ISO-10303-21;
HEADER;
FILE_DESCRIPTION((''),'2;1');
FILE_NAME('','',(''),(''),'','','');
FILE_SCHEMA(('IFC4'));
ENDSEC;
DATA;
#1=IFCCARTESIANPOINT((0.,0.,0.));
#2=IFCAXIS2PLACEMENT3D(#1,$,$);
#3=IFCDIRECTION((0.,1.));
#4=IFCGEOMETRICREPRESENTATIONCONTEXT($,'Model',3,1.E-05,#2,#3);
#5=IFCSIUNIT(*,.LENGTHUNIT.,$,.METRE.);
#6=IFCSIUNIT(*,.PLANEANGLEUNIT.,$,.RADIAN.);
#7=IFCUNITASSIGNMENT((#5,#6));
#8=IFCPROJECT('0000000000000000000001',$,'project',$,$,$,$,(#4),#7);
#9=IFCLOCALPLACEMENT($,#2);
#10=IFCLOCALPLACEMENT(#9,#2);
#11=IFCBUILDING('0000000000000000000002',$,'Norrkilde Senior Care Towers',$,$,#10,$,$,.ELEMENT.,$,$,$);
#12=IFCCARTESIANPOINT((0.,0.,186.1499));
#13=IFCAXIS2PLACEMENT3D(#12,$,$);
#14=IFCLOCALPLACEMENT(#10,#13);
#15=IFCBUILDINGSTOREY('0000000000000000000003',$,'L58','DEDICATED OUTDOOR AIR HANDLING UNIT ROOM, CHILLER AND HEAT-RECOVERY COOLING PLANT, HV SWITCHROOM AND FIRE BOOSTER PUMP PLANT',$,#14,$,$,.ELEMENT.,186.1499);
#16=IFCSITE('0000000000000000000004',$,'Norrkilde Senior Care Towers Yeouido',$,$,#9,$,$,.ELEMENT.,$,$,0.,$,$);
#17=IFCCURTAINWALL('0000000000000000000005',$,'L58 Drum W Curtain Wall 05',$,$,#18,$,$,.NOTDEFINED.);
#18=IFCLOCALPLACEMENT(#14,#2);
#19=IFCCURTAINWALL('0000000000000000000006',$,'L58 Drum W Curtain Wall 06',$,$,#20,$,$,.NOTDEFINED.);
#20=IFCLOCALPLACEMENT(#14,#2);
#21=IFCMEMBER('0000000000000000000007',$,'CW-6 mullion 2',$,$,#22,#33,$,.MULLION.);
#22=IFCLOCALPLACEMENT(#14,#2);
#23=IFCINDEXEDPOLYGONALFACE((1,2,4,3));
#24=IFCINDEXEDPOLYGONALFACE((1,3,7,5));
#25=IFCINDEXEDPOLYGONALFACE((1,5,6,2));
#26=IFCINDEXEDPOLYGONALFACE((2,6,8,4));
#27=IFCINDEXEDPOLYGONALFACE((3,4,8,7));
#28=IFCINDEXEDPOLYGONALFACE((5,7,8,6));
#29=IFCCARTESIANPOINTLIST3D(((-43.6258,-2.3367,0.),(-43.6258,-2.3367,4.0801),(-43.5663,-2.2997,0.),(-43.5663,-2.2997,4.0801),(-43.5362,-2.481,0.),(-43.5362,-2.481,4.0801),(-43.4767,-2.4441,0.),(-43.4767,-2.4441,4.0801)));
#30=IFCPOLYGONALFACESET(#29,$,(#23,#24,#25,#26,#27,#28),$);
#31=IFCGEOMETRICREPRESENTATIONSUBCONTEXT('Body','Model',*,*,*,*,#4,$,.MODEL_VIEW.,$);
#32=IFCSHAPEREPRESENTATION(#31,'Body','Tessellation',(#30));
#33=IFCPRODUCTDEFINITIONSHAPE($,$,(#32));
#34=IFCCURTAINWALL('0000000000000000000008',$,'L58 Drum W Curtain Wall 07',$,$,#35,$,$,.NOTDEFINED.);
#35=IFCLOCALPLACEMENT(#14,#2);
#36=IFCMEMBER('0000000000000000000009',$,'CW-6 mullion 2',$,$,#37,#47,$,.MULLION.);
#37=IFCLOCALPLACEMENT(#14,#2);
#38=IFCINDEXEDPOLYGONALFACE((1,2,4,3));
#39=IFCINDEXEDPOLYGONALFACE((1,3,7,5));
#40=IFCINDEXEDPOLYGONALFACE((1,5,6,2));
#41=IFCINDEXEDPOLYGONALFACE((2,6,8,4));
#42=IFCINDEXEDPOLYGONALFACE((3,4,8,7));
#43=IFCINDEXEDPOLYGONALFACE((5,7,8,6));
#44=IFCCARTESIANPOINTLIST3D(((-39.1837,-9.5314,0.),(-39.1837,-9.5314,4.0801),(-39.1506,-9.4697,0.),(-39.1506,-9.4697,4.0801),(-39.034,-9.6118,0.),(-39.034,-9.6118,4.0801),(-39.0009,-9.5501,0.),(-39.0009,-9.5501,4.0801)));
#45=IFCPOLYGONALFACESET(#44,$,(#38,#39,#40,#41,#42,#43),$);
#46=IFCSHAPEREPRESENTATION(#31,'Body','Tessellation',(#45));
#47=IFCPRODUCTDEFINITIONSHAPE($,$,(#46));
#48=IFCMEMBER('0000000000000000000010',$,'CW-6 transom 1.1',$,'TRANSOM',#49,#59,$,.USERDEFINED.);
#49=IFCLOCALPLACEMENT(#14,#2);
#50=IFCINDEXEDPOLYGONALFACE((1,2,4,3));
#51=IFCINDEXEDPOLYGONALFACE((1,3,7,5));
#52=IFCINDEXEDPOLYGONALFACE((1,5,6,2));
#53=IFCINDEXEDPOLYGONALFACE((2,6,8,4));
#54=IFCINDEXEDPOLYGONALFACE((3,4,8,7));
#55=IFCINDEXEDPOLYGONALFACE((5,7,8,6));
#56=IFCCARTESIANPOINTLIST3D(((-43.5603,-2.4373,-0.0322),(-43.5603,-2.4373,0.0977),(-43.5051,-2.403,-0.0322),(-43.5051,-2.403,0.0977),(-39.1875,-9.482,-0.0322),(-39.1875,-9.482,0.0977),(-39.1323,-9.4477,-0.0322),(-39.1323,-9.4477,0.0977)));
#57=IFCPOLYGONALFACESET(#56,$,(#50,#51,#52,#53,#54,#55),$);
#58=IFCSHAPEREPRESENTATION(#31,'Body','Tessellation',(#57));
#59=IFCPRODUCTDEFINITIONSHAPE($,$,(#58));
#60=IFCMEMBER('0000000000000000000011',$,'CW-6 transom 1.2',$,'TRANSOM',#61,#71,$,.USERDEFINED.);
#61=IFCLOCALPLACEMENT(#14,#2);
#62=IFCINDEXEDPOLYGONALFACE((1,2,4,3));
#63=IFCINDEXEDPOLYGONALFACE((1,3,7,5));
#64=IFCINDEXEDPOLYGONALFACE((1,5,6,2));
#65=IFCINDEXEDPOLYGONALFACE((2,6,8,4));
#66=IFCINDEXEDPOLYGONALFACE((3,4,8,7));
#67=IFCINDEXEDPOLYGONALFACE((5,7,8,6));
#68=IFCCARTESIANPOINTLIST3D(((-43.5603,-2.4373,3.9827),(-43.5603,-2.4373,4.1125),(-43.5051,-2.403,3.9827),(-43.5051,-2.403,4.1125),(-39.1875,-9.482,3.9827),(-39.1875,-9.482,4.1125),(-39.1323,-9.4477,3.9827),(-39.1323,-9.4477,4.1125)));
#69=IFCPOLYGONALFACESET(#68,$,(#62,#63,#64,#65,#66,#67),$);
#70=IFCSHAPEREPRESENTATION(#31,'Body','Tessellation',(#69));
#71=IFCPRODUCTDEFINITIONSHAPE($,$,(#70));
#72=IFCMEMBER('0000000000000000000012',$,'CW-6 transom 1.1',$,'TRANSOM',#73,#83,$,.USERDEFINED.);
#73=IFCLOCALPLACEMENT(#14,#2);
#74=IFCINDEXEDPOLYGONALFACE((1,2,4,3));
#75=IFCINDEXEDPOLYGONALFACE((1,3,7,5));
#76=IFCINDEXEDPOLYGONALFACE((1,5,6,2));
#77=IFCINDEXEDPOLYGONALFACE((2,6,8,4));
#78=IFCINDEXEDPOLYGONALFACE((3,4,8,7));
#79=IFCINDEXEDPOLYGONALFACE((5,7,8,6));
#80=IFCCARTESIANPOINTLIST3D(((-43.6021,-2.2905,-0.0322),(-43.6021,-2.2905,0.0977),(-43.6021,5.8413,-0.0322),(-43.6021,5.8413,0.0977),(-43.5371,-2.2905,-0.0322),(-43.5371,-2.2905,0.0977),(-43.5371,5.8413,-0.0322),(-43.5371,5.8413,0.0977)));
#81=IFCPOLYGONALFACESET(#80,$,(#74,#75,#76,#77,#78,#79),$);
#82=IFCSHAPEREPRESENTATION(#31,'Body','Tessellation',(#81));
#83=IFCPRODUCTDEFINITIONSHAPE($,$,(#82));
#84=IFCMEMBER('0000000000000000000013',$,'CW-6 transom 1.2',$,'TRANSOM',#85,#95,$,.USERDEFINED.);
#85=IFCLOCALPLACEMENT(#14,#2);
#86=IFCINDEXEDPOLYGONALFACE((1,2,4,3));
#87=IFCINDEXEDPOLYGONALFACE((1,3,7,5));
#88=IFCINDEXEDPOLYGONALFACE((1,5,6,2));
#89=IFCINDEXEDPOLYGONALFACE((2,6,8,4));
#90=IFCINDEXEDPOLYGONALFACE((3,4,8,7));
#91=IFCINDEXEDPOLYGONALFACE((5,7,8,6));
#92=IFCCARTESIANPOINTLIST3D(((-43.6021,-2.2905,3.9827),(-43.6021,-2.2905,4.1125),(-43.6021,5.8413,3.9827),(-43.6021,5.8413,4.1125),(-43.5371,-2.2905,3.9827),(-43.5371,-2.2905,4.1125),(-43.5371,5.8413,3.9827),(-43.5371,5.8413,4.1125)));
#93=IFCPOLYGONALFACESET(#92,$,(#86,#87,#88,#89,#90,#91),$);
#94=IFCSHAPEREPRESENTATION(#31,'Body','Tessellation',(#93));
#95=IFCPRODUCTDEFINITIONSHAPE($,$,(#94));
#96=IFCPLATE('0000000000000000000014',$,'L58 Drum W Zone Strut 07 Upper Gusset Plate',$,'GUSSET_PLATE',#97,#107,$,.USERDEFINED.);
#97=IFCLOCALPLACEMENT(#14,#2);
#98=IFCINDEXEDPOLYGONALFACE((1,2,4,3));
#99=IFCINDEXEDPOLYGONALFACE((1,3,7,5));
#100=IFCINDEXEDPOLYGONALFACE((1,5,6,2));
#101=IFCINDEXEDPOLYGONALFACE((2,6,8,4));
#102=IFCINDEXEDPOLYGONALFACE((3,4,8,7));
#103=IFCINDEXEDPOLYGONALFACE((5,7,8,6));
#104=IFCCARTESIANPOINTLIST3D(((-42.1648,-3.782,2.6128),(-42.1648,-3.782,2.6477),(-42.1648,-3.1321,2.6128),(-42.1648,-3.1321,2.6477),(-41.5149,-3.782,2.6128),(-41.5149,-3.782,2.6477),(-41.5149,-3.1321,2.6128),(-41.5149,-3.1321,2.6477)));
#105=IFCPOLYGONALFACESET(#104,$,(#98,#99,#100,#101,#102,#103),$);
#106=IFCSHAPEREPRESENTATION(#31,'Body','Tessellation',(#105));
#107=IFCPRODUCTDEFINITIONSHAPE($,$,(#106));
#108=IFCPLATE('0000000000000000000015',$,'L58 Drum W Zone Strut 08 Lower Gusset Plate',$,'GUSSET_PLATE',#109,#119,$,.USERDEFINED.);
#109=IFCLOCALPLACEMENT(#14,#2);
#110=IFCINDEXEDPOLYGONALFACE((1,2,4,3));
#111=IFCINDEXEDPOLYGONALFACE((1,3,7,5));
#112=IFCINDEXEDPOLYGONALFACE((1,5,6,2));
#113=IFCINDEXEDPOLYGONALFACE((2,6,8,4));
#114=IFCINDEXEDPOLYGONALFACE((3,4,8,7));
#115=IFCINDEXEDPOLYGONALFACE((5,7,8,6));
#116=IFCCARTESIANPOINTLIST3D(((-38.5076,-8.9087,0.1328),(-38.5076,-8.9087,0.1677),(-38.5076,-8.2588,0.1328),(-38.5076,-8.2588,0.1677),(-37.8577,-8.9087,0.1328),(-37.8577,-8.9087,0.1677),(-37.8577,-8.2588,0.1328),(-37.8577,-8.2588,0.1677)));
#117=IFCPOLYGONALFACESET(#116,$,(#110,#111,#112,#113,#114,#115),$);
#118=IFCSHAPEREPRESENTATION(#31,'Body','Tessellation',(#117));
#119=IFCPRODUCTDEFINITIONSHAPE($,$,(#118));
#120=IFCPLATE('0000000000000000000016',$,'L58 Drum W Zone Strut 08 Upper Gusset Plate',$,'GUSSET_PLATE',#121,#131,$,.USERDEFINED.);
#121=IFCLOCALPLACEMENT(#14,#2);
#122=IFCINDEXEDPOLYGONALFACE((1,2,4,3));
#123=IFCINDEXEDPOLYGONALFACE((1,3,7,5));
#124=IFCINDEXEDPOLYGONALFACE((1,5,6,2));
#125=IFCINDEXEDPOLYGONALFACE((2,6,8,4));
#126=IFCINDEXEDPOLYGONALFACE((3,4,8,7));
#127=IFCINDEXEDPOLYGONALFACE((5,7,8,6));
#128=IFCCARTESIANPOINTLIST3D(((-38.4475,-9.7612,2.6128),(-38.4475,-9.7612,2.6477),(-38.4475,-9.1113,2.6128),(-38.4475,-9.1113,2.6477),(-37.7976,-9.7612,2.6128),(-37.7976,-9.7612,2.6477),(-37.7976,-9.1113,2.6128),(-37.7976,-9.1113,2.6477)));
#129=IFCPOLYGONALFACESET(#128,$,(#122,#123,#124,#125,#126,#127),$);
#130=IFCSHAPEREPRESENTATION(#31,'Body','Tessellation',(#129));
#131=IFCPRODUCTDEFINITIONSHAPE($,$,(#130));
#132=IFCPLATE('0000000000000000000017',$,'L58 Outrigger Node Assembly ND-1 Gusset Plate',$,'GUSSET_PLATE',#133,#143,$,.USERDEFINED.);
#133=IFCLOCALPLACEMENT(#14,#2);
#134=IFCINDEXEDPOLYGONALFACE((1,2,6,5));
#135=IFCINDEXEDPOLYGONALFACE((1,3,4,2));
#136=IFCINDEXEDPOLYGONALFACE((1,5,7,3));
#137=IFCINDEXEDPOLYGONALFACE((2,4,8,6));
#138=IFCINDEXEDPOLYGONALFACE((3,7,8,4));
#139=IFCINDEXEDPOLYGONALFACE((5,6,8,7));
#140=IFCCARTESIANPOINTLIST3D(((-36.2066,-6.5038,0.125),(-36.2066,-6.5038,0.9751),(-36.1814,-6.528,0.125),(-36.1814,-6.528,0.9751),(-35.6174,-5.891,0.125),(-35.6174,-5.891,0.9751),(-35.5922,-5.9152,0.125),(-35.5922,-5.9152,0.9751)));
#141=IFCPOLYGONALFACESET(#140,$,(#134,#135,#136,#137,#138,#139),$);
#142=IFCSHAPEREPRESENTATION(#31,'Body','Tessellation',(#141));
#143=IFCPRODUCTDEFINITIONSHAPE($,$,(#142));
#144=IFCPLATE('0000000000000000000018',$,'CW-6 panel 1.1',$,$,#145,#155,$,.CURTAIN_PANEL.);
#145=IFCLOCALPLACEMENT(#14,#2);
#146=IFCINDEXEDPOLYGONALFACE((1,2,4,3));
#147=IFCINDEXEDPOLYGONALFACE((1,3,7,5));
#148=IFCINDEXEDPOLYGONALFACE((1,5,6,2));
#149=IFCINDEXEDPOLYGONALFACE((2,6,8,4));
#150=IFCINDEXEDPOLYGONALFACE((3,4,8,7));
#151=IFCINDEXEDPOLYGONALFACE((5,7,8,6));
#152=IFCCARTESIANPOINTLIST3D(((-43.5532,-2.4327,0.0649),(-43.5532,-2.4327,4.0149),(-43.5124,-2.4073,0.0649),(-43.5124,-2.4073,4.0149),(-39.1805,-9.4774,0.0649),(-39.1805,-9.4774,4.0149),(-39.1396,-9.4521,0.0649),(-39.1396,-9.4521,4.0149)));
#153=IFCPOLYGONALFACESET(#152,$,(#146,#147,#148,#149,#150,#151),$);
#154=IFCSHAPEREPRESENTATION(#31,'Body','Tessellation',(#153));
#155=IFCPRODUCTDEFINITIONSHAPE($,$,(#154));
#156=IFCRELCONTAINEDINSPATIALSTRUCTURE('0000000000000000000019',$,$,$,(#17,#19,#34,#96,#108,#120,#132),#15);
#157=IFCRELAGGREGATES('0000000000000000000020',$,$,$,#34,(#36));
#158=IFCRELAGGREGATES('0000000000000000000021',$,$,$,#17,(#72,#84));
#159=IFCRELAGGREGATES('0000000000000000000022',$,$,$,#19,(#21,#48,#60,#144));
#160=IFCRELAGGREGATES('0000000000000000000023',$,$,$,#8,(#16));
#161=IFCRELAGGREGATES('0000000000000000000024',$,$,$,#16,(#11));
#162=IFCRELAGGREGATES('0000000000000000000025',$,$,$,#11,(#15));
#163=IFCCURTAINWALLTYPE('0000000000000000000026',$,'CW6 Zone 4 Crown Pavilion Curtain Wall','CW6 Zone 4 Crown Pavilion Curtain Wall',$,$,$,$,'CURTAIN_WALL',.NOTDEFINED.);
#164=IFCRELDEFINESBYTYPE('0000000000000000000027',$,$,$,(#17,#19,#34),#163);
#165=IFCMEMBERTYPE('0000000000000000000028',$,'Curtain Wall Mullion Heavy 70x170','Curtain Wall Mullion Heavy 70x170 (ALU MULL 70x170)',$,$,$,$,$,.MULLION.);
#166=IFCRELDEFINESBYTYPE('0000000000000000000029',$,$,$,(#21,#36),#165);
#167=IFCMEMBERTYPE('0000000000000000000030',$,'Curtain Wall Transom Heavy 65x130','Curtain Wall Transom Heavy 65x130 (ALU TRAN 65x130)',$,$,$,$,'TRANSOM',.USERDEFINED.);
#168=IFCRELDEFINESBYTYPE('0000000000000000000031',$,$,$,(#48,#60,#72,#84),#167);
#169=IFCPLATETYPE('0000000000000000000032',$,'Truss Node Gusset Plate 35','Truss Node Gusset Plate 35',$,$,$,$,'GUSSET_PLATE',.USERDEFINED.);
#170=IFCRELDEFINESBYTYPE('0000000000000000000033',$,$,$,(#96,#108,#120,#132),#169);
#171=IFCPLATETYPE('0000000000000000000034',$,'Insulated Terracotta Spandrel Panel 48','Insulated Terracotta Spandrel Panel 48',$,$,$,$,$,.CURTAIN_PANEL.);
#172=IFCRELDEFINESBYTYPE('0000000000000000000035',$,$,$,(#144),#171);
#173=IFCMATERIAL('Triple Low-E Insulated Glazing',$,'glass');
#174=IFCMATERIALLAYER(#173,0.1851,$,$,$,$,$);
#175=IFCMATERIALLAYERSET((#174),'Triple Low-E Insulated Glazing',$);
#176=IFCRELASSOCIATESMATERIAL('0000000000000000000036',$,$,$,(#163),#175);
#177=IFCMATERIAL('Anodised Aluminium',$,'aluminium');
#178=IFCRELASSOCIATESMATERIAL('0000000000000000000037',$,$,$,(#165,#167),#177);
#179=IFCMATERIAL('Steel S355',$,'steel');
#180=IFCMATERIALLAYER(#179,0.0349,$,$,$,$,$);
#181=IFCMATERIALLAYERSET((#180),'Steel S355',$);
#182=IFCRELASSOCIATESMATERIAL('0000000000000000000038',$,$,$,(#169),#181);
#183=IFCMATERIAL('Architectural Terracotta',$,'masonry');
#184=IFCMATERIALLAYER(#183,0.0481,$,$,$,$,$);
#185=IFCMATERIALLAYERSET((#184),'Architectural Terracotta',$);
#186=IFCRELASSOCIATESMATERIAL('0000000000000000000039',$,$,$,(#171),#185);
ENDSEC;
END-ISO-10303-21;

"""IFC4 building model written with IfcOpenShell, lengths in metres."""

from ifc_helpers import new_model, si_unit, direction, frame, origin, origin_2d, place, context, subcontext, project, spatial, rectangle, extrude, source, transform, mapped, material, layer, layer_set, material_profile, profile_set, type_object, type_shapes, element, aggregate, save


model = new_model("IFC4")

# Units and contexts
model_context = context("Model", 3, precision=1e-05, world=origin(), true_north=direction((0.0, 1.0)))
body_context = subcontext(model_context, "Body", "Model", "MODEL_VIEW")
ifc_project = project(units=[si_unit("LENGTHUNIT", "METRE"), si_unit("PLANEANGLEUNIT", "RADIAN")], contexts=[model_context])

# Site, building, storey
site_placement = place(None, origin())
site = spatial("IfcSite", under=ifc_project, at=site_placement, Name="Norrkilde Senior Care Towers Yeouido", CompositionType="ELEMENT", RefElevation=0.0)
building_placement = place(site_placement, origin())
building = spatial("IfcBuilding", under=site, at=building_placement, Name="Norrkilde Senior Care Towers", CompositionType="ELEMENT")
storey_placement = place(building_placement, frame((0.0, 0.0, 186.1499)))
storey = spatial("IfcBuildingStorey", under=building, at=storey_placement, Name="L58", Description="DEDICATED OUTDOOR AIR HANDLING UNIT ROOM, CHILLER AND HEAT-RECOVERY COOLING PLANT, HV SWITCHROOM AND FIRE BOOSTER PUMP PLANT", CompositionType="ELEMENT", Elevation=186.1499)

# Shared definitions
ifc_material_1 = material(Name="Steel S355", Category="steel")

# Curtain wall
ifc_material_2 = material(Name="Triple Low-E Insulated Glazing", Category="glass")
ifc_layer_1 = layer(ifc_material_2, 0.1851)
ifc_layer_set_1 = layer_set([ifc_layer_1], Name="Triple Low-E Insulated Glazing")
curtain_wall_type = type_object("IfcCurtainWallType", Name="CW6 Zone 4 Crown Pavilion Curtain Wall", Description="CW6 Zone 4 Crown Pavilion Curtain Wall", ElementType="CURTAIN_WALL", PredefinedType="NOTDEFINED", material=ifc_layer_set_1)
curtain_wall_1_placement = place(storey_placement, origin())
curtain_wall_1 = element("IfcCurtainWall", 1, at=curtain_wall_1_placement, inside=storey, type_object=curtain_wall_type, Name="L58 Drum W Curtain Wall 05", PredefinedType="NOTDEFINED")
ifc_material_3 = material(Name="Anodised Aluminium", Category="aluminium")
ifc_material_profile_1 = material_profile(ifc_material_3, rectangle(XDim=0.0701, YDim=0.1699, at=origin_2d()), Name="ALU MULL 70x170")
ifc_profile_set_1 = profile_set([ifc_material_profile_1], Name="Anodised Aluminium")
member_type_1 = type_object("IfcMemberType", Name="Curtain Wall Mullion Heavy 70x170", Description="Curtain Wall Mullion Heavy 70x170 (ALU MULL 70x170)", PredefinedType="MULLION", material=ifc_profile_set_1)
shared_shape_1 = source(origin(), body_context, "Body", "SweptSolid", [
    extrude(rectangle(XDim=0.0701, YDim=0.1699, at=origin_2d()), origin(), (0.0, 0.0, 1.0), 4.0801),
])
type_shapes(member_type_1, [shared_shape_1])

# Curtain wall, member
curtain_wall_2_placement = place(storey_placement, origin())
curtain_wall_2 = element("IfcCurtainWall", 2, at=curtain_wall_2_placement, inside=storey, type_object=curtain_wall_type, Name="L58 Drum W Curtain Wall 06", PredefinedType="NOTDEFINED")
member_1_placement = place(storey_placement, frame((-43.5513, -2.3904, 0.0), z_axis=(0.0, 0.0, 1.0), x_axis=(-0.849634, -0.527373, 0.0)))
member_1 = element("IfcMember", 3, at=member_1_placement, type_object=member_type_1, Name="CW-6 mullion 2", PredefinedType="MULLION", context=body_context, shape_type="MappedRepresentation", body=[
    mapped(shared_shape_1, transform((0.0, 0.0, 0.0), x_axis=(1.0, 0.0, 0.0), y_axis=(0.0, 1.0, 0.0), z_axis=(0.0, 0.0, 1.0), scale=1.0)),
])

# Curtain wall, member
curtain_wall_3_placement = place(storey_placement, origin())
curtain_wall_3 = element("IfcCurtainWall", 4, at=curtain_wall_3_placement, inside=storey, type_object=curtain_wall_type, Name="L58 Drum W Curtain Wall 07", PredefinedType="NOTDEFINED")
member_2_placement = place(storey_placement, frame((-39.0923, -9.5408, 0.0), z_axis=(0.0, 0.0, 1.0), x_axis=(-0.473117, -0.881, 0.0)))
member_2 = element("IfcMember", 5, at=member_2_placement, type_object=member_type_1, Name="CW-6 mullion 2", PredefinedType="MULLION", context=body_context, shape_type="MappedRepresentation", body=[
    mapped(shared_shape_1, transform((0.0, 0.0, 0.0), x_axis=(1.0, 0.0, 0.0), y_axis=(0.0, 1.0, 0.0), z_axis=(0.0, 0.0, 1.0), scale=1.0)),
])
aggregate(curtain_wall_3, [member_2])

# Members
ifc_material_profile_2 = material_profile(ifc_material_3, rectangle(XDim=0.0649, YDim=0.1299, at=origin_2d()), Name="ALU TRAN 65x130")
ifc_profile_set_2 = profile_set([ifc_material_profile_2], Name="Anodised Aluminium")
member_type_2 = type_object("IfcMemberType", Name="Curtain Wall Transom Heavy 65x130", Description="Curtain Wall Transom Heavy 65x130 (ALU TRAN 65x130)", ElementType="TRANSOM", PredefinedType="USERDEFINED", material=ifc_profile_set_2)
shared_shape_2 = source(origin(), body_context, "Body", "SweptSolid", [
    extrude(rectangle(XDim=0.0649, YDim=0.1299, at=origin_2d()), origin(), (0.0, 0.0, 1.0), 8.2915),
])
member_3_placement = place(storey_placement, frame((-39.1599, -9.4648, 0.0327), z_axis=(-0.527384, 0.849627, 0.0), x_axis=(-0.849627, -0.527384, 0.0)))
member_3 = element("IfcMember", 6, at=member_3_placement, type_object=member_type_2, Name="CW-6 transom 1.1", ObjectType="TRANSOM", PredefinedType="USERDEFINED", context=body_context, shape_type="MappedRepresentation", body=[
    mapped(shared_shape_2, transform((0.0, 0.0, 0.0), x_axis=(1.0, 0.0, 0.0), y_axis=(0.0, 1.0, 0.0), z_axis=(0.0, 0.0, 1.0), scale=1.0)),
])
member_4_placement = place(storey_placement, frame((-39.1599, -9.4648, 4.0476), z_axis=(-0.527384, 0.849627, 0.0), x_axis=(-0.849627, -0.527384, 0.0)))
member_4 = element("IfcMember", 7, at=member_4_placement, type_object=member_type_2, Name="CW-6 transom 1.2", ObjectType="TRANSOM", PredefinedType="USERDEFINED", context=body_context, shape_type="MappedRepresentation", body=[
    mapped(shared_shape_2, transform((0.0, 0.0, 0.0), x_axis=(1.0, 0.0, 0.0), y_axis=(0.0, 1.0, 0.0), z_axis=(0.0, 0.0, 1.0), scale=1.0)),
])
shared_shape_3 = source(origin(), body_context, "Body", "SweptSolid", [
    extrude(rectangle(XDim=0.0649, YDim=0.1299, at=origin_2d()), origin(), (0.0, 0.0, 1.0), 8.1318),
])
type_shapes(member_type_2, [shared_shape_2, shared_shape_3])
member_5_placement = place(storey_placement, frame((-43.5696, -2.2905, 0.0327), z_axis=(0.0, 1.0, 0.0), x_axis=(-1.0, 0.0, 0.0)))
member_5 = element("IfcMember", 8, at=member_5_placement, type_object=member_type_2, Name="CW-6 transom 1.1", ObjectType="TRANSOM", PredefinedType="USERDEFINED", context=body_context, shape_type="MappedRepresentation", body=[
    mapped(shared_shape_3, transform((0.0, 0.0, 0.0), x_axis=(1.0, 0.0, 0.0), y_axis=(0.0, 1.0, 0.0), z_axis=(0.0, 0.0, 1.0), scale=1.0)),
])
member_6_placement = place(storey_placement, frame((-43.5696, -2.2905, 4.0476), z_axis=(0.0, 1.0, 0.0), x_axis=(-1.0, 0.0, 0.0)))
member_6 = element("IfcMember", 9, at=member_6_placement, type_object=member_type_2, Name="CW-6 transom 1.2", ObjectType="TRANSOM", PredefinedType="USERDEFINED", context=body_context, shape_type="MappedRepresentation", body=[
    mapped(shared_shape_3, transform((0.0, 0.0, 0.0), x_axis=(1.0, 0.0, 0.0), y_axis=(0.0, 1.0, 0.0), z_axis=(0.0, 0.0, 1.0), scale=1.0)),
])
aggregate(curtain_wall_1, [member_5, member_6])

# Plates
ifc_layer_2 = layer(ifc_material_1, 0.0349)
ifc_layer_set_2 = layer_set([ifc_layer_2], Name="Steel S355")
plate_type_1 = type_object("IfcPlateType", Name="Truss Node Gusset Plate 35", Description="Truss Node Gusset Plate 35", ElementType="GUSSET_PLATE", PredefinedType="USERDEFINED", material=ifc_layer_set_2)
shared_shape_4 = source(origin(), body_context, "Body", "SweptSolid", [
    extrude(rectangle(XDim=0.6499, YDim=0.6499, at=origin_2d()), origin(), (0.0, 0.0, 1.0), 0.0349),
])
for number, where, z_axis, x_axis, name in (
    (10, (-41.8398, -3.457, 2.6128), (0.0, 0.0, 1.0), (1.0, 0.0, 0.0), "L58 Drum W Zone Strut 07 Upper Gusset Plate"),
    (11, (-38.1826, -8.5837, 0.1328), (0.0, 0.0, 1.0), (1.0, 0.0, 0.0), "L58 Drum W Zone Strut 08 Lower Gusset Plate"),
    (12, (-38.1226, -9.4363, 2.6128), (0.0, 0.0, 1.0), (1.0, 0.0, 0.0), "L58 Drum W Zone Strut 08 Upper Gusset Plate"),
):
    element("IfcPlate", number, at=place(storey_placement, frame(where, z_axis=z_axis, x_axis=x_axis)), inside=storey, type_object=plate_type_1, Name=name, ObjectType="GUSSET_PLATE", PredefinedType="USERDEFINED", context=body_context, shape_type="MappedRepresentation", body=[
        mapped(shared_shape_4, transform((0.0, 0.0, 0.0), x_axis=(1.0, 0.0, 0.0), y_axis=(0.0, 1.0, 0.0), z_axis=(0.0, 0.0, 1.0), scale=1.0)),
    ])
shared_shape_5 = source(origin(), body_context, "Body", "SweptSolid", [
    extrude(rectangle(XDim=0.8501, YDim=0.0349, at=origin_2d()), origin(), (0.0, 0.0, 1.0), 0.8501),
])
type_shapes(plate_type_1, [shared_shape_4, shared_shape_5])
plate_1_placement = place(storey_placement, frame((-35.8994, -6.2095, 0.125), z_axis=(0.0, 0.0, 1.0), x_axis=(-0.693134, -0.720809, 0.0)))
element("IfcPlate", 13, at=plate_1_placement, inside=storey, type_object=plate_type_1, Name="L58 Outrigger Node Assembly ND-1 Gusset Plate", ObjectType="GUSSET_PLATE", PredefinedType="USERDEFINED", context=body_context, shape_type="MappedRepresentation", body=[
    mapped(shared_shape_5, transform((0.0, 0.0, 0.0), x_axis=(1.0, 0.0, 0.0), y_axis=(0.0, 1.0, 0.0), z_axis=(0.0, 0.0, 1.0), scale=1.0)),
])

# Plate
ifc_material_4 = material(Name="Architectural Terracotta", Category="masonry")
ifc_layer_3 = layer(ifc_material_4, 0.0481)
ifc_layer_set_3 = layer_set([ifc_layer_3], Name="Architectural Terracotta")
plate_type_2 = type_object("IfcPlateType", Name="Insulated Terracotta Spandrel Panel 48", Description="Insulated Terracotta Spandrel Panel 48", PredefinedType="CURTAIN_PANEL", material=ifc_layer_set_3)
shared_shape_6 = source(origin(), body_context, "Body", "SweptSolid", [
    extrude(rectangle(XDim=8.2915, YDim=0.0481, at=origin_2d()), origin(), (0.0, 0.0, 1.0), 3.95),
])
type_shapes(plate_type_2, [shared_shape_6])
plate_2_placement = place(storey_placement, frame((-41.3464, -5.9424, 0.0649), z_axis=(0.0, 0.0, 1.0), x_axis=(-0.527373, 0.849634, 0.0)))
plate_2 = element("IfcPlate", 14, at=plate_2_placement, type_object=plate_type_2, Name="CW-6 panel 1.1", PredefinedType="CURTAIN_PANEL", context=body_context, shape_type="MappedRepresentation", body=[
    mapped(shared_shape_6, transform((0.0, 0.0, 0.0), x_axis=(1.0, 0.0, 0.0), y_axis=(0.0, 1.0, 0.0), z_axis=(0.0, 0.0, 1.0), scale=1.0)),
])
aggregate(curtain_wall_2, [member_1, member_3, member_4, plate_2])

save(model, "model.ifc")
